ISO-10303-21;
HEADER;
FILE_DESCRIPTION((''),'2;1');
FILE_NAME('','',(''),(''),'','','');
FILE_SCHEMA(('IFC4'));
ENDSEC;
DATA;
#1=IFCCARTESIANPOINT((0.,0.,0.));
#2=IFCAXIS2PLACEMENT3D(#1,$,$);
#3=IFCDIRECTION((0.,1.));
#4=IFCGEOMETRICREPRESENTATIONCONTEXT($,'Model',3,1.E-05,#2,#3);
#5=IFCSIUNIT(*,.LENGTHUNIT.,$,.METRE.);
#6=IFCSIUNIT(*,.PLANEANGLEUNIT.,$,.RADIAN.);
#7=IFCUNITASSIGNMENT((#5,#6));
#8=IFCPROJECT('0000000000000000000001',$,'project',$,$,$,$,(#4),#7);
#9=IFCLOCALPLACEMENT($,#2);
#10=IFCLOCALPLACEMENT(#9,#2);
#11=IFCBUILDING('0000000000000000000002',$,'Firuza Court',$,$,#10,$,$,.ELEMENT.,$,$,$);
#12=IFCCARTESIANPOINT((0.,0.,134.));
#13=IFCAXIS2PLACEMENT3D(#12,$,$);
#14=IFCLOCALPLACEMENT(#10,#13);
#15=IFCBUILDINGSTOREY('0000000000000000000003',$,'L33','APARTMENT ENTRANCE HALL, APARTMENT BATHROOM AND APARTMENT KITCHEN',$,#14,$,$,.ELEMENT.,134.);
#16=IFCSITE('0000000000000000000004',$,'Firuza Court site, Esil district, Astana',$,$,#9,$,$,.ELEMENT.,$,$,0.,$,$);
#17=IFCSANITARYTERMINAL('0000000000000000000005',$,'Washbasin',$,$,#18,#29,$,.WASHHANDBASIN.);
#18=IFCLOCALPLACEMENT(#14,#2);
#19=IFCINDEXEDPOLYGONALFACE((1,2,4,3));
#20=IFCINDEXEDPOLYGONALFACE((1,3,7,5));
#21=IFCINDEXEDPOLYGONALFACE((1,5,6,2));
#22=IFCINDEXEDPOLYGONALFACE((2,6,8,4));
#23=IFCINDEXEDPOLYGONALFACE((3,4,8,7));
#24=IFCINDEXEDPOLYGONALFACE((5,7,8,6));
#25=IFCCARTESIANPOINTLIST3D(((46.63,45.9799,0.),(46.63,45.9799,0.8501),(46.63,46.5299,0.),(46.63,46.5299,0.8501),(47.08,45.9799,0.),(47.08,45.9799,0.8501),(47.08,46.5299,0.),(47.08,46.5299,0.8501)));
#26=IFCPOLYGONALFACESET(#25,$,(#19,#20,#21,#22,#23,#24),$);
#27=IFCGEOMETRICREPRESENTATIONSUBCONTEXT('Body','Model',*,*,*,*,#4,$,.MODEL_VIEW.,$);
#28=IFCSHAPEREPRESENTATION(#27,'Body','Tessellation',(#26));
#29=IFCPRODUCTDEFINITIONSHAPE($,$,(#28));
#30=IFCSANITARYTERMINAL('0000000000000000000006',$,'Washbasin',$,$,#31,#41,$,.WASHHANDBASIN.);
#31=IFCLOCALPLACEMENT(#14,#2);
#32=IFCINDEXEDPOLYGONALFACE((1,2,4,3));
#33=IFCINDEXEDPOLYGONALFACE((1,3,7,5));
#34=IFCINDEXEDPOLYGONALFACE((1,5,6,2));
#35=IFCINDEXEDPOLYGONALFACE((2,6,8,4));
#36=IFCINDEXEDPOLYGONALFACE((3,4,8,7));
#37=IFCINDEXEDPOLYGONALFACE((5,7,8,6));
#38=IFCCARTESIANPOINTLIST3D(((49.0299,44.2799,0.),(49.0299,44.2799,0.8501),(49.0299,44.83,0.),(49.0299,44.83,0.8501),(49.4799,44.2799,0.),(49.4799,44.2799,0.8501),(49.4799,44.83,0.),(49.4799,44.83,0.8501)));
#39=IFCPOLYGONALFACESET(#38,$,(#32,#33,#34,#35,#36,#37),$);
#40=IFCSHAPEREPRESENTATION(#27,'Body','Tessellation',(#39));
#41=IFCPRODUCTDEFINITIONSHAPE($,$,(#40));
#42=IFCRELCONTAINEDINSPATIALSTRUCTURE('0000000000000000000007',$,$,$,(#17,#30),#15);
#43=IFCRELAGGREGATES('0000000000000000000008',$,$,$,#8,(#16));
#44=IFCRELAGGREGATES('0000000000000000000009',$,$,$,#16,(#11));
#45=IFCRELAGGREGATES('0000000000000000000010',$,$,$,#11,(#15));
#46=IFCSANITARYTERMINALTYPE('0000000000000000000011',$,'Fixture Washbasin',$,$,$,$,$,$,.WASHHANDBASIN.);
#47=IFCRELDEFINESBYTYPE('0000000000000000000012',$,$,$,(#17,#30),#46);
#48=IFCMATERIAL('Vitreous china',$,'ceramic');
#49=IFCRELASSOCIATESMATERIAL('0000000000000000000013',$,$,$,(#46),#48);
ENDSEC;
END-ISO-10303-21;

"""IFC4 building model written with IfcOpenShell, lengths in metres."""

from ifc_helpers import new_model, si_unit, direction, frame, origin, origin_2d, place, context, subcontext, project, spatial, rectangle, extrude, material, type_object, element, save


model = new_model("IFC4")

# Units and contexts
model_context = context("Model", 3, precision=1e-05, world=origin(), true_north=direction((0.0, 1.0)))
body_context = subcontext(model_context, "Body", "Model", "MODEL_VIEW")
ifc_project = project(units=[si_unit("LENGTHUNIT", "METRE"), si_unit("PLANEANGLEUNIT", "RADIAN")], contexts=[model_context])

# Site, building, storey
site_placement = place(None, origin())
site = spatial("IfcSite", under=ifc_project, at=site_placement, Name="Firuza Court site, Esil district, Astana", CompositionType="ELEMENT", RefElevation=0.0)
building_placement = place(site_placement, origin())
building = spatial("IfcBuilding", under=site, at=building_placement, Name="Firuza Court", CompositionType="ELEMENT")
storey_placement = place(building_placement, frame((0.0, 0.0, 134.0)))
storey = spatial("IfcBuildingStorey", under=building, at=storey_placement, Name="L33", Description="APARTMENT ENTRANCE HALL, APARTMENT BATHROOM AND APARTMENT KITCHEN", CompositionType="ELEMENT", Elevation=134.0)

# Sanitary terminals
ifc_material_1 = material(Name="Vitreous china", Category="ceramic")
sanitary_terminal_type_1 = type_object("IfcSanitaryTerminalType", Name="Fixture Washbasin", PredefinedType="WASHHANDBASIN", material=ifc_material_1)
for number, where, z_axis, x_axis, name in (
    (1, (46.855, 46.2549, 0.0), (0.0, 0.0, 1.0), (1.0, 0.0, 0.0), "Washbasin"),
    (2, (49.2549, 44.5549, 0.0), (0.0, 0.0, 1.0), (1.0, 0.0, 0.0), "Washbasin"),
):
    element("IfcSanitaryTerminal", number, at=place(storey_placement, frame(where, z_axis=z_axis, x_axis=x_axis)), inside=storey, type_object=sanitary_terminal_type_1, Name=name, PredefinedType="WASHHANDBASIN", context=body_context, shape_type="SweptSolid", body=[
        extrude(rectangle(XDim=0.45, YDim=0.55, at=origin_2d()), origin(), (0.0, 0.0, 1.0), 0.8501),
    ])

save(model, "model.ifc")
